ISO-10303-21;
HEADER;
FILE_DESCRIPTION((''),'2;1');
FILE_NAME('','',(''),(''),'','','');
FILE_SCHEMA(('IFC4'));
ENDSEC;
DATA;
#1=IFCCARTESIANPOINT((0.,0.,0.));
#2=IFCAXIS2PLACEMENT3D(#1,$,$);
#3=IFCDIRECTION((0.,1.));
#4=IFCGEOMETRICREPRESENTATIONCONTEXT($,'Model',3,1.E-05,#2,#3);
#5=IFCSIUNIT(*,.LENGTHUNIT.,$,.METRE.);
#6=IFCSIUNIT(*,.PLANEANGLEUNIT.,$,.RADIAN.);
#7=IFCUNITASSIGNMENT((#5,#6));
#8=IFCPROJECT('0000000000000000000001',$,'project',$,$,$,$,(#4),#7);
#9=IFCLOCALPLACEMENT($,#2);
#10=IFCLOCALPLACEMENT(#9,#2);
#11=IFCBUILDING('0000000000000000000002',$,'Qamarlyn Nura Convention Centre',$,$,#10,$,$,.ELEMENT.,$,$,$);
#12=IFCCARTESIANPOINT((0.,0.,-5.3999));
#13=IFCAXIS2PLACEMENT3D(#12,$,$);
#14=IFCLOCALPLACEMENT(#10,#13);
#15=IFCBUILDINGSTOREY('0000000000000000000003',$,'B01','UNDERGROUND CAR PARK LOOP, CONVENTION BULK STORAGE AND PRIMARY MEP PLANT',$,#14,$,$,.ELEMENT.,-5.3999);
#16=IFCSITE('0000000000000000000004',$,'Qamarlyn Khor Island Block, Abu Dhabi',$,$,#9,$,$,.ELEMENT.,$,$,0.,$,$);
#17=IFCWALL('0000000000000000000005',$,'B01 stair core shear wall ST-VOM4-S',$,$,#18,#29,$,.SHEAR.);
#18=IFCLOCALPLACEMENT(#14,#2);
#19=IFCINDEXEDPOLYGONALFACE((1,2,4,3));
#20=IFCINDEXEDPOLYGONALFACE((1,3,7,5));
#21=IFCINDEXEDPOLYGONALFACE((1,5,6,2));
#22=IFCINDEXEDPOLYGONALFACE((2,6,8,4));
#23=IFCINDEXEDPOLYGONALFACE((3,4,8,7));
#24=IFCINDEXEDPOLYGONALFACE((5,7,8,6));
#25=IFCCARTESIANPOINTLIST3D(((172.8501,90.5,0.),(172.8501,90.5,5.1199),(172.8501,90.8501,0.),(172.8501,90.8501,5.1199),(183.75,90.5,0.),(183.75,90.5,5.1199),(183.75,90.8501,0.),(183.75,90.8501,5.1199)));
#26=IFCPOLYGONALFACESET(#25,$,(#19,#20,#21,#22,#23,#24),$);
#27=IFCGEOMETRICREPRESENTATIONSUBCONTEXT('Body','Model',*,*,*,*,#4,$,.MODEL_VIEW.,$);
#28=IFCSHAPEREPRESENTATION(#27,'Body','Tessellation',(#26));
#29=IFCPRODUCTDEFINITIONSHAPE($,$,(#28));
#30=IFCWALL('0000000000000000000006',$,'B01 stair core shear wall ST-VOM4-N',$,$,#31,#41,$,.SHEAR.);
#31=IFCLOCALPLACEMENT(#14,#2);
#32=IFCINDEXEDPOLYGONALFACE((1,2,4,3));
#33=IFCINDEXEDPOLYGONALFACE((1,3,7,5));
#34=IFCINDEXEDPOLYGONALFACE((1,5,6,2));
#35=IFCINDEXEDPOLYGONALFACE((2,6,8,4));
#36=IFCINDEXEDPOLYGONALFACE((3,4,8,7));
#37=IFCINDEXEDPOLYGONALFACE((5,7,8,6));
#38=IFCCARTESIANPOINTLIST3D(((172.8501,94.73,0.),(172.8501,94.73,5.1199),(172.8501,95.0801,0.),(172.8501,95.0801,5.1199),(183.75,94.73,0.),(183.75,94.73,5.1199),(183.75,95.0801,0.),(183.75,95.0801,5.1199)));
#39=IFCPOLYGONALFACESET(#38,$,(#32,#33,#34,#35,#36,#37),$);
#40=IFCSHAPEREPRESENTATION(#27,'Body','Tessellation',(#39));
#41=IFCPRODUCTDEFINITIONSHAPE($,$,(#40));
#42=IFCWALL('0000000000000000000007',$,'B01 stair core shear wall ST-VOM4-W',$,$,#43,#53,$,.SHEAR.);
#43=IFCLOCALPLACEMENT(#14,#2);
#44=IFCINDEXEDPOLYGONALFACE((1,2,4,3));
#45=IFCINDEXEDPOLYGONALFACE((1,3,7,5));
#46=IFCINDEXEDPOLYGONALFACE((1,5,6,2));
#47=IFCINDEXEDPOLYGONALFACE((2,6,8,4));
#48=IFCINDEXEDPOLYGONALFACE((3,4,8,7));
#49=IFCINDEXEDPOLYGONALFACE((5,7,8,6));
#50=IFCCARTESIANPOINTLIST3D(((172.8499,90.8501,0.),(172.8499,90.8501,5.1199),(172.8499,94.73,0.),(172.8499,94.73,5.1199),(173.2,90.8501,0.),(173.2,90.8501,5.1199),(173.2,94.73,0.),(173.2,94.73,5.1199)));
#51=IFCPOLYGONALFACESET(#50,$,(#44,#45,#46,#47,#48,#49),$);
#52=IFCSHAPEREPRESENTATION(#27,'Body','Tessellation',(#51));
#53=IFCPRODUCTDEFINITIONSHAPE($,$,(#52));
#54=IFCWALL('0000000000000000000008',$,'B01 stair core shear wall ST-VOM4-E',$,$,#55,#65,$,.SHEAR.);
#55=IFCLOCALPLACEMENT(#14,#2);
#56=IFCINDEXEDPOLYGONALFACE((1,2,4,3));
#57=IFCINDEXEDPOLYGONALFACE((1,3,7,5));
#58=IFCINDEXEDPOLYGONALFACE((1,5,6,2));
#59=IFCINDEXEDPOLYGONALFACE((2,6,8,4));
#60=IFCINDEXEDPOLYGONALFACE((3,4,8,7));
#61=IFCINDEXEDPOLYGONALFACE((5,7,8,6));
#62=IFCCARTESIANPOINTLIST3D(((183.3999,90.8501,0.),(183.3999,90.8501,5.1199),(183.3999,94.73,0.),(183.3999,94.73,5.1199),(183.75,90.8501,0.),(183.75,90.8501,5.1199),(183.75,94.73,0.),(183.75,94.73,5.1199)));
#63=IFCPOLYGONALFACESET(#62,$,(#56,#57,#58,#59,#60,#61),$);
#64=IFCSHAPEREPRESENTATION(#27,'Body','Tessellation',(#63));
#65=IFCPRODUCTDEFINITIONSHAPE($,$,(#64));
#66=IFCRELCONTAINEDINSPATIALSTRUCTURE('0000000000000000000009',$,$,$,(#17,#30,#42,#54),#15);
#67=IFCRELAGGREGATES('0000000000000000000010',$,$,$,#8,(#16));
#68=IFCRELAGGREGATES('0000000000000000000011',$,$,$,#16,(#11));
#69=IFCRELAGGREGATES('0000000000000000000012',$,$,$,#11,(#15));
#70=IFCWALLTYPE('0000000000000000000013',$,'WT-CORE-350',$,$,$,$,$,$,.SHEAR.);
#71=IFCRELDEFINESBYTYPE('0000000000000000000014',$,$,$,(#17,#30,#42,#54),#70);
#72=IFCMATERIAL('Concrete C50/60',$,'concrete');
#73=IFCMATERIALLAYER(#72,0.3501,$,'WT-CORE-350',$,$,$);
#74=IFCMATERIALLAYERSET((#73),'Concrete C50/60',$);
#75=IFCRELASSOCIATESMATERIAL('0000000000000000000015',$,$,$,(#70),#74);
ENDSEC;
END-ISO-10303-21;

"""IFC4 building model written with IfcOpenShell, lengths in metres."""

from ifc_helpers import new_model, si_unit, direction, frame, frame_2d, origin, place, context, subcontext, project, spatial, rectangle, extrude, material, layer, layer_set, type_object, element, save


model = new_model("IFC4")

# Units and contexts
model_context = context("Model", 3, precision=1e-05, world=origin(), true_north=direction((0.0, 1.0)))
body_context = subcontext(model_context, "Body", "Model", "MODEL_VIEW")
ifc_project = project(units=[si_unit("LENGTHUNIT", "METRE"), si_unit("PLANEANGLEUNIT", "RADIAN")], contexts=[model_context])

# Site, building, storey
site_placement = place(None, origin())
site = spatial("IfcSite", under=ifc_project, at=site_placement, Name="Qamarlyn Khor Island Block, Abu Dhabi", CompositionType="ELEMENT", RefElevation=0.0)
building_placement = place(site_placement, origin())
building = spatial("IfcBuilding", under=site, at=building_placement, Name="Qamarlyn Nura Convention Centre", CompositionType="ELEMENT")
storey_placement = place(building_placement, frame((0.0, 0.0, -5.3999)))
storey = spatial("IfcBuildingStorey", under=building, at=storey_placement, Name="B01", Description="UNDERGROUND CAR PARK LOOP, CONVENTION BULK STORAGE AND PRIMARY MEP PLANT", CompositionType="ELEMENT", Elevation=-5.3999)

# Shared definitions
ifc_material_1 = material(Name="Concrete C50/60", Category="concrete")
ifc_layer = layer(ifc_material_1, 0.3501, Name="WT-CORE-350")
ifc_layer_set = layer_set([ifc_layer], Name="Concrete C50/60")
wall_type = type_object("IfcWallType", Name="WT-CORE-350", PredefinedType="SHEAR", material=ifc_layer_set)

# Walls
for number, where, z_axis, x_axis, name in (
    (1, (172.8501, 90.675, 0.0), (0.0, 0.0, 1.0), (1.0, 0.0, 0.0), "B01 stair core shear wall ST-VOM4-S"),
    (2, (183.75, 94.905, 0.0), (0.0, 0.0, 1.0), (-1.0, 0.0, 0.0), "B01 stair core shear wall ST-VOM4-N"),
):
    element("IfcWall", number, at=place(storey_placement, frame(where, z_axis=z_axis, x_axis=x_axis)), inside=storey, type_object=wall_type, Name=name, PredefinedType="SHEAR", context=body_context, shape_type="SweptSolid", body=[
        extrude(rectangle(XDim=10.8999, YDim=0.3501, at=frame_2d((5.45, 0.0))), origin(), (0.0, 0.0, 1.0), 5.1199),
    ])
for number, where, z_axis, x_axis, name in (
    (3, (173.0249, 94.73, 0.0), (0.0, 0.0, 1.0), (0.0, -1.0, 0.0), "B01 stair core shear wall ST-VOM4-W"),
    (4, (183.575, 90.8501, 0.0), (0.0, 0.0, 1.0), (0.0, 1.0, 0.0), "B01 stair core shear wall ST-VOM4-E"),
):
    element("IfcWall", number, at=place(storey_placement, frame(where, z_axis=z_axis, x_axis=x_axis)), inside=storey, type_object=wall_type, Name=name, PredefinedType="SHEAR", context=body_context, shape_type="SweptSolid", body=[
        extrude(rectangle(XDim=3.8799, YDim=0.3501, at=frame_2d((1.9399, 0.0))), origin(), (0.0, 0.0, 1.0), 5.1199),
    ])

save(model, "model.ifc")
